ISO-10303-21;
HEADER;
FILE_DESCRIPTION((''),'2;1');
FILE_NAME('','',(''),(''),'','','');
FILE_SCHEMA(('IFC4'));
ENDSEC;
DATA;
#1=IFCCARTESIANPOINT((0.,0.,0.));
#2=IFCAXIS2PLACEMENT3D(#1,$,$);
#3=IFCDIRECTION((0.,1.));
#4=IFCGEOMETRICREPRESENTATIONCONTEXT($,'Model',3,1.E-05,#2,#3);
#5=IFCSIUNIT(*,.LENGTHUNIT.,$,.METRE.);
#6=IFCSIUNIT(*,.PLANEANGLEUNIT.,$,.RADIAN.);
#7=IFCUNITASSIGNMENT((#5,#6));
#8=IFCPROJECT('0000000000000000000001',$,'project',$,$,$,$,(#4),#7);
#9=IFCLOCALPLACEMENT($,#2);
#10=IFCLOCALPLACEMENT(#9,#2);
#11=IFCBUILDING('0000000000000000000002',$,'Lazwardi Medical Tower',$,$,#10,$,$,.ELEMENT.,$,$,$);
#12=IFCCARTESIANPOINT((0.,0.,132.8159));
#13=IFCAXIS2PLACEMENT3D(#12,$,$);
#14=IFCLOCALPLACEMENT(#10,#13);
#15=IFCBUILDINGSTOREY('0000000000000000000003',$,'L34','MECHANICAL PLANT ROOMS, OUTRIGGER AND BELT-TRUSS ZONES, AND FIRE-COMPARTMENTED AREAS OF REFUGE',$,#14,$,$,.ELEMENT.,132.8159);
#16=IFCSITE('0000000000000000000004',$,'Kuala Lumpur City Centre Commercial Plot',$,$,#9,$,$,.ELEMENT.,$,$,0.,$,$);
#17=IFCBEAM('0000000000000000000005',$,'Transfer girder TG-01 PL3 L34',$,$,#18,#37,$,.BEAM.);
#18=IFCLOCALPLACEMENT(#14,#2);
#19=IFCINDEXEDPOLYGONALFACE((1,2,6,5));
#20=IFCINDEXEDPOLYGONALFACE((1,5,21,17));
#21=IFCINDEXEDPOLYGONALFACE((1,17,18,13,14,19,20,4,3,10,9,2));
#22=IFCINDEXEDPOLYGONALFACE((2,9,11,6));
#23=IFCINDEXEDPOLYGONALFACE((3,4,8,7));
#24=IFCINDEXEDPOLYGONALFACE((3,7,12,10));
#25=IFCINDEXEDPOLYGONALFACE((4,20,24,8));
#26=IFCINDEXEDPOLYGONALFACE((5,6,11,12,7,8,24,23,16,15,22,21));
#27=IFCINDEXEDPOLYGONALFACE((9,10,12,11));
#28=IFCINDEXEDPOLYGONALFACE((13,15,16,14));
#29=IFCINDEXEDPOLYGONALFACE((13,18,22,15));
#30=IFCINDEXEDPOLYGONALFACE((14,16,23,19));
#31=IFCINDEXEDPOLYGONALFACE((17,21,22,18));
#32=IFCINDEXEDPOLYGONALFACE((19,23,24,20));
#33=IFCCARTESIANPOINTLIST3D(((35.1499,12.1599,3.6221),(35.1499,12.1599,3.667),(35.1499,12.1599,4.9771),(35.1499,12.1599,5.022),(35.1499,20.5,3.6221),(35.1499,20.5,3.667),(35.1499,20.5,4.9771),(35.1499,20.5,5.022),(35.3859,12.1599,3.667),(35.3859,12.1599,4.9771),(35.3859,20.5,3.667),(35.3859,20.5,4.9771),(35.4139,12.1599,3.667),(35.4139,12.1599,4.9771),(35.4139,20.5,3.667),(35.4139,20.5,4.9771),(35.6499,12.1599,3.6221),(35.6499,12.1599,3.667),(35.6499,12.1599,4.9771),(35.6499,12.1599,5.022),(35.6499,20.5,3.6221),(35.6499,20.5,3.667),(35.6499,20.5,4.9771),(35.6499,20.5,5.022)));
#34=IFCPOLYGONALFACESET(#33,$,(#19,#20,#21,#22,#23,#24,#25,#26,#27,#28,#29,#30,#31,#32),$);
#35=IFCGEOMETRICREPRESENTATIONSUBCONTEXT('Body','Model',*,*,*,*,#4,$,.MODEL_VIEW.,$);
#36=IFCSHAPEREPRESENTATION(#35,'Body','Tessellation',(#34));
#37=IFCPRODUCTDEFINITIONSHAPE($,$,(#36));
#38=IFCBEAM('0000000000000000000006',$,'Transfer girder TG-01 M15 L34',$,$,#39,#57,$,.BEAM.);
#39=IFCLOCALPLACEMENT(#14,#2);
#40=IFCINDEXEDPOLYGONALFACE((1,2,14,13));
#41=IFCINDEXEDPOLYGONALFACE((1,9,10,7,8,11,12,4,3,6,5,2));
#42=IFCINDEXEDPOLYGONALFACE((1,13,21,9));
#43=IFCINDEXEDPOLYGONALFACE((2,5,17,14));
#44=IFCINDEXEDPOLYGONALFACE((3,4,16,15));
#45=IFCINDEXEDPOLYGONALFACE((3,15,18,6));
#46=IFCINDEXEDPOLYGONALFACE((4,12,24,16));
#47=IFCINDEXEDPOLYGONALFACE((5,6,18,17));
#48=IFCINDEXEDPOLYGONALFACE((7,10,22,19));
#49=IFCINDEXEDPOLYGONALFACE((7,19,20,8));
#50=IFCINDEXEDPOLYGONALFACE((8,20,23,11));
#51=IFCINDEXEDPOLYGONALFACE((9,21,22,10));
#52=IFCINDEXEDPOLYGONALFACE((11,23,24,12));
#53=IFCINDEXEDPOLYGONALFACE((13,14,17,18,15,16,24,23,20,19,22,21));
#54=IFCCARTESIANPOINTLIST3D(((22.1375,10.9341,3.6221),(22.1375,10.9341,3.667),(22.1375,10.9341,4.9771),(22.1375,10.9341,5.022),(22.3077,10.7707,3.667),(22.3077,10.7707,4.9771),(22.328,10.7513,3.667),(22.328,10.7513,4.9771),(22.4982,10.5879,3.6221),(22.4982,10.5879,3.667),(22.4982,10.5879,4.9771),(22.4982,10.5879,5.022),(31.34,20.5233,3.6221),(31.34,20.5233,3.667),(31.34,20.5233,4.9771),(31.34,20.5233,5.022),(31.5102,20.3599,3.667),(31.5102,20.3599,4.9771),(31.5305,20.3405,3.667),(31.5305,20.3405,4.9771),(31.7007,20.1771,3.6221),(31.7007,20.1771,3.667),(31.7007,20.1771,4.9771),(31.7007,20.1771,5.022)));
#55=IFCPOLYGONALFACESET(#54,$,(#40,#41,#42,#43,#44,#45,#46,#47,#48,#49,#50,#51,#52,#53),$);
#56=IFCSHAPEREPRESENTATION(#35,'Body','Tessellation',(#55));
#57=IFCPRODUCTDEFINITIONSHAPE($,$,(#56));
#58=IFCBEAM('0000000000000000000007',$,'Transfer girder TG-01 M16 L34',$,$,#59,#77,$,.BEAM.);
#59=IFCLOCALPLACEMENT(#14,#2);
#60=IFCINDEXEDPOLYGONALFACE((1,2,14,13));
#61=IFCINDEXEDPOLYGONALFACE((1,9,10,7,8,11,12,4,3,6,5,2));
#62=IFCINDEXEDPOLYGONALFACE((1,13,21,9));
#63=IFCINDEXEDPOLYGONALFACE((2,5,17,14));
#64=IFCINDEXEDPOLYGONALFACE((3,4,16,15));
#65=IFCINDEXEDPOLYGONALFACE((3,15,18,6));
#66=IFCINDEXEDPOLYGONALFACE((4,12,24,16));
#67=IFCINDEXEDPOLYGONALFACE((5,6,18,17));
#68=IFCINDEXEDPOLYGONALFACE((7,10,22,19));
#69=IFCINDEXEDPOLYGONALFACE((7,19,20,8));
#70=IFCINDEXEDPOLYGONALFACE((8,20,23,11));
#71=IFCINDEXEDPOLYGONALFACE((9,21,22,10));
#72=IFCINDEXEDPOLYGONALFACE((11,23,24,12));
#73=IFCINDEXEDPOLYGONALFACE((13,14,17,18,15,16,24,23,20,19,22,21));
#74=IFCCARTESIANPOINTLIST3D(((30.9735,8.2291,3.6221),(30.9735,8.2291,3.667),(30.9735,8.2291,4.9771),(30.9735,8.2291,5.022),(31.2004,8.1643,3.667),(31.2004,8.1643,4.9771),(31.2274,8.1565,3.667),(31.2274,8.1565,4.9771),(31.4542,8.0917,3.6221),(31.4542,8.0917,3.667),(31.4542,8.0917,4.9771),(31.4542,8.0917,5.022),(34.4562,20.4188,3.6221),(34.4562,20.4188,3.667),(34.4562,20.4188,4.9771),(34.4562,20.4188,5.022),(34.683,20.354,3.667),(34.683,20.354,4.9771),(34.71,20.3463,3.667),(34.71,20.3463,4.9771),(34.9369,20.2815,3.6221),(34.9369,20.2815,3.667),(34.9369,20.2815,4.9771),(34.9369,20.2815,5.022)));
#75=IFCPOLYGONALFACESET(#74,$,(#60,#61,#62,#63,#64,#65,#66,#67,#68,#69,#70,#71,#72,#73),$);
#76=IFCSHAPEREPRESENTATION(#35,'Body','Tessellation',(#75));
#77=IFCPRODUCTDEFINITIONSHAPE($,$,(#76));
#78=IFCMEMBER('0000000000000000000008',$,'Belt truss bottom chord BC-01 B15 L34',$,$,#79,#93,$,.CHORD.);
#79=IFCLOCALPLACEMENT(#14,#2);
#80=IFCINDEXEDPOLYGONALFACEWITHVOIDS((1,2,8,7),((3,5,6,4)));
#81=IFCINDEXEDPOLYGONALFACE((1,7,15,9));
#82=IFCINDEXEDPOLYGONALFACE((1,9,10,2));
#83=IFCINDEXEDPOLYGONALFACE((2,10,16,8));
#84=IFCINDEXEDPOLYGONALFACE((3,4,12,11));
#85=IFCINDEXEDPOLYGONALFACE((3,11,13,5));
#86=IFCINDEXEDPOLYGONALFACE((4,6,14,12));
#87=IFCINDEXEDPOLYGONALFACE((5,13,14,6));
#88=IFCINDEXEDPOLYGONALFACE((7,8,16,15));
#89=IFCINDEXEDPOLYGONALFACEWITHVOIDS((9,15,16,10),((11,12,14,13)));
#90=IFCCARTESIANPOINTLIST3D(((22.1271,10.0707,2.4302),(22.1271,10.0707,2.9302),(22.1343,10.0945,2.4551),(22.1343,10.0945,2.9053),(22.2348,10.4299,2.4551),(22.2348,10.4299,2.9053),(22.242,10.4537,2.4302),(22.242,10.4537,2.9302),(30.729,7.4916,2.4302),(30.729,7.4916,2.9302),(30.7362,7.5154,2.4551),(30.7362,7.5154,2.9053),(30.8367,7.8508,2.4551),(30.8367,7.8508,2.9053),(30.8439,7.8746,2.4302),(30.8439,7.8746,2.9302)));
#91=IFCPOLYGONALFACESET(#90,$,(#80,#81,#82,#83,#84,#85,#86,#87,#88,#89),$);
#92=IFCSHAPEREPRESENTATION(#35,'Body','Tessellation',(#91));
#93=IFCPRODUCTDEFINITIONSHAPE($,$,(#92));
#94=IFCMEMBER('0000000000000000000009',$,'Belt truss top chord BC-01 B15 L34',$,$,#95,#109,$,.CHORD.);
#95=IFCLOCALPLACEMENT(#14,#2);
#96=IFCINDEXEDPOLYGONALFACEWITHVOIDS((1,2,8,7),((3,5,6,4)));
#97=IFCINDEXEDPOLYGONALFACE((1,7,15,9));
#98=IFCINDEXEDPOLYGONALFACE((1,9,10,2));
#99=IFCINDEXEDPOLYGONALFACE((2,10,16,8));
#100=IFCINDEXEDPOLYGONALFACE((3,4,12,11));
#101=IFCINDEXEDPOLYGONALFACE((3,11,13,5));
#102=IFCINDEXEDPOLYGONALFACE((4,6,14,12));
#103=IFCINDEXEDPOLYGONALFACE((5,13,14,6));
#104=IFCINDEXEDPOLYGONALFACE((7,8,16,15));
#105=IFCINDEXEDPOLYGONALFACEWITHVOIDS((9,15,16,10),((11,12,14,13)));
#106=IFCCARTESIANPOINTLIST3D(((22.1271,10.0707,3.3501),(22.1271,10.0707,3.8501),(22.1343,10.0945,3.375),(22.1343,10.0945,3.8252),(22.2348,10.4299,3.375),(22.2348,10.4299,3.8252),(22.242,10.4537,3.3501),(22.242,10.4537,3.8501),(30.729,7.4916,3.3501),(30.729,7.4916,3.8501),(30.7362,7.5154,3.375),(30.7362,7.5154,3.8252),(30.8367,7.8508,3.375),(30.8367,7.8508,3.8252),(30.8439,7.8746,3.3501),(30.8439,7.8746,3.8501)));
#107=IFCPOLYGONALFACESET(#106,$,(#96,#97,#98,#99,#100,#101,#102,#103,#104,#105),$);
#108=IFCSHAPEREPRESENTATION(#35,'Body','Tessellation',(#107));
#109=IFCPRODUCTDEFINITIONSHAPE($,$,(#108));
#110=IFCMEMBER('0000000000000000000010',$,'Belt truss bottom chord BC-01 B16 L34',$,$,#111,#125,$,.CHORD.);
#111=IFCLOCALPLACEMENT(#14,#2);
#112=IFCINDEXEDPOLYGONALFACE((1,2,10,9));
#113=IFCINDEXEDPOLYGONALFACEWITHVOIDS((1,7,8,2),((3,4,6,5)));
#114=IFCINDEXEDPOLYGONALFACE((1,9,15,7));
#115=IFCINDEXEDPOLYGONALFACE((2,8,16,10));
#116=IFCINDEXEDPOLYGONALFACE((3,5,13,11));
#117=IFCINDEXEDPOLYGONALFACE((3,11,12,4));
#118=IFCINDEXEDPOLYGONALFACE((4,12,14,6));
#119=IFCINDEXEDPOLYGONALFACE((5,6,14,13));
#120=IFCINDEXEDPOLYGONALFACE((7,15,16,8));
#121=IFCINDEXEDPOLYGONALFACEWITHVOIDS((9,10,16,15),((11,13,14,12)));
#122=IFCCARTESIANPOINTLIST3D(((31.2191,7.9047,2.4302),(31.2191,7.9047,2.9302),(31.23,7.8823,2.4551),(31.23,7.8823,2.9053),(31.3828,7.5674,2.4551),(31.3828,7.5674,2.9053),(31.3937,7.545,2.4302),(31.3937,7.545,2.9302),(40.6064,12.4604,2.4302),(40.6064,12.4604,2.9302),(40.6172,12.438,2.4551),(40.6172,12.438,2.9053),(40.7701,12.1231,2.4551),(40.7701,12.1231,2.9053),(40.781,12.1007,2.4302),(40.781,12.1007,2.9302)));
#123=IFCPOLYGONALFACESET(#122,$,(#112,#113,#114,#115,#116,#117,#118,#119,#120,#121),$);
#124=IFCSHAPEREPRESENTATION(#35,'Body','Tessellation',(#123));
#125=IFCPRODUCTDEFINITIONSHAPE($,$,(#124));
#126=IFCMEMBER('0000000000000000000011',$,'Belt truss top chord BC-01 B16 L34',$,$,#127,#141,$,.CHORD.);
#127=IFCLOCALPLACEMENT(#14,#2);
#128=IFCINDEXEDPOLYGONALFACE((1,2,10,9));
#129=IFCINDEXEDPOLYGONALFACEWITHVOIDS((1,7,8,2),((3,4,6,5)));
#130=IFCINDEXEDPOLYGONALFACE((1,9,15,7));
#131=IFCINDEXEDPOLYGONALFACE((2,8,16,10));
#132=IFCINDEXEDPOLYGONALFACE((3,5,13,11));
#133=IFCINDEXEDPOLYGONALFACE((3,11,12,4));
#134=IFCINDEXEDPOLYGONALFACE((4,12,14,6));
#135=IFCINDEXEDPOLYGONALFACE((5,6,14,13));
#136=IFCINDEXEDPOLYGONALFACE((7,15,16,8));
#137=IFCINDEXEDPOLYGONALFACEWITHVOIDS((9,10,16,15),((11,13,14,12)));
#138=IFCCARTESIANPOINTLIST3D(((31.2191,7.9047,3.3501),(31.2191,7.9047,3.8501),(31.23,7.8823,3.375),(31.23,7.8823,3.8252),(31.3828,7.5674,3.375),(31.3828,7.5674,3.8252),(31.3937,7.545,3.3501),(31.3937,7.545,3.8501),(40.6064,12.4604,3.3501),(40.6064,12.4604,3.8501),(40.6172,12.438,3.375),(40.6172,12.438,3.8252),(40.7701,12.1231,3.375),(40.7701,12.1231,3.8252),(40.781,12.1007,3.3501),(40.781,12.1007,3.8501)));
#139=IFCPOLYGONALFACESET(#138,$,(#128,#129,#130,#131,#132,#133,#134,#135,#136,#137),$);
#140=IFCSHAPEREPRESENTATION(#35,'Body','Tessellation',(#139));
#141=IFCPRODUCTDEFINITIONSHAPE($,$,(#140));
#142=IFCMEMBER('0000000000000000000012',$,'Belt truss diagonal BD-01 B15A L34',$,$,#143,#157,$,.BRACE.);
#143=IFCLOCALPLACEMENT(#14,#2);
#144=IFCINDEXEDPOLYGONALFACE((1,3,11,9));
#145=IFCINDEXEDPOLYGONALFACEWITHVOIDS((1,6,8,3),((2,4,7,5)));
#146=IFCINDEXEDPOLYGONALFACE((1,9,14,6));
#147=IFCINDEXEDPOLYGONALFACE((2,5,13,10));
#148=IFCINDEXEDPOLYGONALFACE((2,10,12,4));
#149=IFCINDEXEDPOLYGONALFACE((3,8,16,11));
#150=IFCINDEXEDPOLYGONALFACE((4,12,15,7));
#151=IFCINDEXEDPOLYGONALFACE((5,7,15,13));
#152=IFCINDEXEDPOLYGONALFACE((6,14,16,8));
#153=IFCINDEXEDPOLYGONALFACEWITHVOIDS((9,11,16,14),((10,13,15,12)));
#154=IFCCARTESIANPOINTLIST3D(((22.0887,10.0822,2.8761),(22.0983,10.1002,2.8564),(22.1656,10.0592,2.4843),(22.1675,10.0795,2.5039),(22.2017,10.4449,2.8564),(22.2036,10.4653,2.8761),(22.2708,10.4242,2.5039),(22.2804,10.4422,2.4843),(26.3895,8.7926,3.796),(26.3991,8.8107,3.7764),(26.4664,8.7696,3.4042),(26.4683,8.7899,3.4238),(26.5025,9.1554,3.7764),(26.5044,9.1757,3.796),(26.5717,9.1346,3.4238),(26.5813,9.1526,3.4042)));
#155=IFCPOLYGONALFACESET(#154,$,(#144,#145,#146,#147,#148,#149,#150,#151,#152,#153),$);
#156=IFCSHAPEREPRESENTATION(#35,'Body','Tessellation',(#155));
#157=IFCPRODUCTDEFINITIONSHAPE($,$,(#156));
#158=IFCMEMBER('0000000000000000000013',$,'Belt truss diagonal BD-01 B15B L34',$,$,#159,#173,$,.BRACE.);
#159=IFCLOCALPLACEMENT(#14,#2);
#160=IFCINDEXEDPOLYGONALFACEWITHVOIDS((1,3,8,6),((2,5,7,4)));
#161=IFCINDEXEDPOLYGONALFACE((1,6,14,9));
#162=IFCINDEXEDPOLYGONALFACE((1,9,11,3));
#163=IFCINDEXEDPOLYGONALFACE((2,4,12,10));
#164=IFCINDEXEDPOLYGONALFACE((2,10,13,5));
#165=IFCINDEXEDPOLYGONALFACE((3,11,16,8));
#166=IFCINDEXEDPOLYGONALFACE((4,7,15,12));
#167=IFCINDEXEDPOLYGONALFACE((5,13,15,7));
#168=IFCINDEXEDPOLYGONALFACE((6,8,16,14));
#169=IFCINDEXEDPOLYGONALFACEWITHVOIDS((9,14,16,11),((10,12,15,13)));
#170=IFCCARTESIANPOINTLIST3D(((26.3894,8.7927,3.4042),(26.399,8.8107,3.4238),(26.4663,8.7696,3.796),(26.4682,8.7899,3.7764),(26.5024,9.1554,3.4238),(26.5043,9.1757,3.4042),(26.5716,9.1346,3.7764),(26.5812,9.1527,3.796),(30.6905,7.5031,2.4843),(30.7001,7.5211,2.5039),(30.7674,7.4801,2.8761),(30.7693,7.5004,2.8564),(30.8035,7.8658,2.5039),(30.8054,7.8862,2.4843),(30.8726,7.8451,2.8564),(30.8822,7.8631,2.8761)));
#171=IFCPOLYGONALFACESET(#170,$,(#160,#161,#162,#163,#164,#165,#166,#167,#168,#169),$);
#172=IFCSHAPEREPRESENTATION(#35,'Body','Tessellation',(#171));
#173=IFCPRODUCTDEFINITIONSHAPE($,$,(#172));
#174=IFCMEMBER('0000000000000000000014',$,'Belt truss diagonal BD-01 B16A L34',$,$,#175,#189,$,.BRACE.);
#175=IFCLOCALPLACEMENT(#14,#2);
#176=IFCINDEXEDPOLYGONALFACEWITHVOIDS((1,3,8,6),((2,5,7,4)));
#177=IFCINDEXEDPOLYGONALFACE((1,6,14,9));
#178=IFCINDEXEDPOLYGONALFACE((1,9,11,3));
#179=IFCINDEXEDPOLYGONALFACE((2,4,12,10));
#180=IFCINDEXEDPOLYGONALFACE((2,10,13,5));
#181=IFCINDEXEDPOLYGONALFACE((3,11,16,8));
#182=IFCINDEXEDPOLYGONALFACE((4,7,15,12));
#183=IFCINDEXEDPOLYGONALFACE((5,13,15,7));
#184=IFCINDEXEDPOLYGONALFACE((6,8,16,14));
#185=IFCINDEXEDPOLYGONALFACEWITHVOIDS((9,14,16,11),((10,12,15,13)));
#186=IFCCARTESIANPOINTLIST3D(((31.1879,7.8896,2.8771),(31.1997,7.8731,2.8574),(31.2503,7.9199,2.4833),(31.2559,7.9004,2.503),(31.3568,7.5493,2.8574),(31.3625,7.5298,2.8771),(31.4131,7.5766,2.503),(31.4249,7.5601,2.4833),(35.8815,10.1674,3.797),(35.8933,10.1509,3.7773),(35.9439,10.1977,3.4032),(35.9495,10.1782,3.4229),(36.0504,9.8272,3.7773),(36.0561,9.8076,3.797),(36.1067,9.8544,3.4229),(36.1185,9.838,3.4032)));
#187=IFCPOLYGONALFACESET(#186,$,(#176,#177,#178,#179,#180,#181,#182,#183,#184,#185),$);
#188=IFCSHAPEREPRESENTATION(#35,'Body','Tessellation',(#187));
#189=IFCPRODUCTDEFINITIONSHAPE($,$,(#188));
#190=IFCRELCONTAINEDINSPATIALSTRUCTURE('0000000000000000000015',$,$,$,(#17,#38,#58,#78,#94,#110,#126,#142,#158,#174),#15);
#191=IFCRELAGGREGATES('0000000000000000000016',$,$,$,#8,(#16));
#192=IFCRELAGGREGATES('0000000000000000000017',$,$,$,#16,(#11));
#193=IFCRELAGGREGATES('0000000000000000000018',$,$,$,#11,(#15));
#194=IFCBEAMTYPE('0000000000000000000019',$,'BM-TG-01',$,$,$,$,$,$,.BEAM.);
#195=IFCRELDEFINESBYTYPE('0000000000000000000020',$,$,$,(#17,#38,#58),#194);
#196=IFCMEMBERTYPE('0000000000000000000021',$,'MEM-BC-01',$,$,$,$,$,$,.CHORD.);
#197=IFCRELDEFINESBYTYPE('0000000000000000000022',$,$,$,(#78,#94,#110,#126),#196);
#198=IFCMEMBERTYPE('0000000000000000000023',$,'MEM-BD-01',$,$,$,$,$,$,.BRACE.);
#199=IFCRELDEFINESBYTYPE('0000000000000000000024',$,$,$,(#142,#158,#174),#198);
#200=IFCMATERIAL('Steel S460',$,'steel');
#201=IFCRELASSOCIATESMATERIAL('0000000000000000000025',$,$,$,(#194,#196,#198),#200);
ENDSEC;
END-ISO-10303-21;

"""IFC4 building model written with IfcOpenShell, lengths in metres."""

from ifc_helpers import new_model, si_unit, direction, frame, origin, origin_2d, place, context, subcontext, project, spatial, hollow_rectangle, i_section, extrude, material, material_profile, profile_set, type_object, element, save


model = new_model("IFC4")

# Units and contexts
model_context = context("Model", 3, precision=1e-05, world=origin(), true_north=direction((0.0, 1.0)))
body_context = subcontext(model_context, "Body", "Model", "MODEL_VIEW")
ifc_project = project(units=[si_unit("LENGTHUNIT", "METRE"), si_unit("PLANEANGLEUNIT", "RADIAN")], contexts=[model_context])

# Site, building, storey
site_placement = place(None, origin())
site = spatial("IfcSite", under=ifc_project, at=site_placement, Name="Kuala Lumpur City Centre Commercial Plot", CompositionType="ELEMENT", RefElevation=0.0)
building_placement = place(site_placement, origin())
building = spatial("IfcBuilding", under=site, at=building_placement, Name="Lazwardi Medical Tower", CompositionType="ELEMENT")
storey_placement = place(building_placement, frame((0.0, 0.0, 132.8159)))
storey = spatial("IfcBuildingStorey", under=building, at=storey_placement, Name="L34", Description="MECHANICAL PLANT ROOMS, OUTRIGGER AND BELT-TRUSS ZONES, AND FIRE-COMPARTMENTED AREAS OF REFUGE", CompositionType="ELEMENT", Elevation=132.8159)

# Beams
ifc_material_1 = material(Name="Steel S460", Category="steel")
ifc_material_profile_1 = material_profile(ifc_material_1, i_section(OverallWidth=0.5, OverallDepth=1.3999, WebThickness=0.0281, FlangeThickness=0.0449, at=origin_2d()), Name="PG 1400x500")
ifc_profile_set_1 = profile_set([ifc_material_profile_1], Name="Steel S460")
beam_type_1 = type_object("IfcBeamType", Name="BM-TG-01", PredefinedType="BEAM", material=ifc_profile_set_1)
beam_1_placement = place(storey_placement, frame((35.3999, 12.1599, 4.322), z_axis=(0.0, 1.0, 0.0), x_axis=(-1.0, 0.0, 0.0)))
element("IfcBeam", 1, at=beam_1_placement, inside=storey, type_object=beam_type_1, Name="Transfer girder TG-01 PL3 L34", PredefinedType="BEAM", context=body_context, shape_type="SweptSolid", body=[
    extrude(i_section(OverallWidth=0.5, OverallDepth=1.3999, WebThickness=0.0281, FlangeThickness=0.0449, at=origin_2d()), origin(), (0.0, 0.0, 1.0), 8.3401),
])
beam_2_placement = place(storey_placement, frame((22.3179, 10.761, 4.322), z_axis=(0.692408, 0.721506, 0.0), x_axis=(-0.721506, 0.692408, 0.0)))
element("IfcBeam", 2, at=beam_2_placement, inside=storey, type_object=beam_type_1, Name="Transfer girder TG-01 M15 L34", PredefinedType="BEAM", context=body_context, shape_type="SweptSolid", body=[
    extrude(i_section(OverallWidth=0.5, OverallDepth=1.3999, WebThickness=0.0281, FlangeThickness=0.0449, at=origin_2d()), origin(), (0.0, 0.0, 1.0), 13.2905),
])
beam_3_placement = place(storey_placement, frame((31.2139, 8.1604, 4.322), z_axis=(0.274713, 0.961526, 0.0), x_axis=(-0.961526, 0.274713, 0.0)))
element("IfcBeam", 3, at=beam_3_placement, inside=storey, type_object=beam_type_1, Name="Transfer girder TG-01 M16 L34", PredefinedType="BEAM", context=body_context, shape_type="SweptSolid", body=[
    extrude(i_section(OverallWidth=0.5, OverallDepth=1.3999, WebThickness=0.0281, FlangeThickness=0.0449, at=origin_2d()), origin(), (0.0, 0.0, 1.0), 12.6775),
])

# Members
ifc_material_profile_2 = material_profile(ifc_material_1, hollow_rectangle(XDim=0.3999, YDim=0.5, WallThickness=0.0249, at=origin_2d()), Name="RHS 500x400x25")
ifc_profile_set_2 = profile_set([ifc_material_profile_2], Name="Steel S460")
member_type_1 = type_object("IfcMemberType", Name="MEM-BC-01", PredefinedType="CHORD", material=ifc_profile_set_2)
for number, where, z_axis, x_axis, name in (
    (4, (22.1846, 10.2622, 2.6802), (0.95787, -0.287201, 0.0), (0.287201, 0.95787, 0.0), "Belt truss bottom chord BC-01 B15 L34"),
    (5, (22.1846, 10.2622, 3.6001), (0.95787, -0.287201, 0.0), (0.287201, 0.95787, 0.0), "Belt truss top chord BC-01 B15 L34"),
):
    element("IfcMember", number, at=place(storey_placement, frame(where, z_axis=z_axis, x_axis=x_axis)), inside=storey, type_object=member_type_1, Name=name, PredefinedType="CHORD", context=body_context, shape_type="SweptSolid", body=[
        extrude(hollow_rectangle(XDim=0.3999, YDim=0.5, WallThickness=0.0249, at=origin_2d()), origin(), (0.0, 0.0, 1.0), 8.9802),
    ])
for number, where, z_axis, x_axis, name in (
    (6, (31.3064, 7.7249, 2.6802), (0.899653, 0.436606, 0.0), (-0.436606, 0.899653, 0.0), "Belt truss bottom chord BC-01 B16 L34"),
    (7, (31.3064, 7.7249, 3.6001), (0.899653, 0.436606, 0.0), (-0.436606, 0.899653, 0.0), "Belt truss top chord BC-01 B16 L34"),
):
    element("IfcMember", number, at=place(storey_placement, frame(where, z_axis=z_axis, x_axis=x_axis)), inside=storey, type_object=member_type_1, Name=name, PredefinedType="CHORD", context=body_context, shape_type="SweptSolid", body=[
        extrude(hollow_rectangle(XDim=0.3999, YDim=0.5, WallThickness=0.0249, at=origin_2d()), origin(), (0.0, 0.0, 1.0), 10.4343),
    ])
ifc_material_profile_3 = material_profile(ifc_material_1, hollow_rectangle(XDim=0.3999, YDim=0.3999, WallThickness=0.02, at=origin_2d()), Name="RHS 400x400x20")
ifc_profile_set_3 = profile_set([ifc_material_profile_3], Name="Steel S460")
member_type_2 = type_object("IfcMemberType", Name="MEM-BD-01", PredefinedType="BRACE", material=ifc_profile_set_3)
member_1_placement = place(storey_placement, frame((22.1846, 10.2622, 2.6802), z_axis=(0.938375, -0.281363, 0.200715), x_axis=(0.287208, 0.957868, 0.0)))
element("IfcMember", 8, at=member_1_placement, inside=storey, type_object=member_type_2, Name="Belt truss diagonal BD-01 B15A L34", PredefinedType="BRACE", context=body_context, shape_type="SweptSolid", body=[
    extrude(hollow_rectangle(XDim=0.3999, YDim=0.3999, WallThickness=0.02, at=origin_2d()), origin(), (0.0, 0.0, 1.0), 4.5833),
])
member_2_placement = place(storey_placement, frame((30.7864, 7.6831, 2.6802), z_axis=(-0.938382, 0.281349, 0.200705), x_axis=(-0.287193, -0.957873, 0.0)))
element("IfcMember", 9, at=member_2_placement, inside=storey, type_object=member_type_2, Name="Belt truss diagonal BD-01 B15B L34", PredefinedType="BRACE", context=body_context, shape_type="SweptSolid", body=[
    extrude(hollow_rectangle(XDim=0.3999, YDim=0.3999, WallThickness=0.02, at=origin_2d()), origin(), (0.0, 0.0, 1.0), 4.5835),
])
member_3_placement = place(storey_placement, frame((31.3064, 7.7249, 2.6802), z_axis=(0.885985, 0.429973, 0.173648), x_axis=(-0.436606, 0.899653, 0.0)))
element("IfcMember", 10, at=member_3_placement, inside=storey, type_object=member_type_2, Name="Belt truss diagonal BD-01 B16A L34", PredefinedType="BRACE", context=body_context, shape_type="SweptSolid", body=[
    extrude(hollow_rectangle(XDim=0.3999, YDim=0.3999, WallThickness=0.02, at=origin_2d()), origin(), (0.0, 0.0, 1.0), 5.2976),
])

save(model, "model.ifc")
